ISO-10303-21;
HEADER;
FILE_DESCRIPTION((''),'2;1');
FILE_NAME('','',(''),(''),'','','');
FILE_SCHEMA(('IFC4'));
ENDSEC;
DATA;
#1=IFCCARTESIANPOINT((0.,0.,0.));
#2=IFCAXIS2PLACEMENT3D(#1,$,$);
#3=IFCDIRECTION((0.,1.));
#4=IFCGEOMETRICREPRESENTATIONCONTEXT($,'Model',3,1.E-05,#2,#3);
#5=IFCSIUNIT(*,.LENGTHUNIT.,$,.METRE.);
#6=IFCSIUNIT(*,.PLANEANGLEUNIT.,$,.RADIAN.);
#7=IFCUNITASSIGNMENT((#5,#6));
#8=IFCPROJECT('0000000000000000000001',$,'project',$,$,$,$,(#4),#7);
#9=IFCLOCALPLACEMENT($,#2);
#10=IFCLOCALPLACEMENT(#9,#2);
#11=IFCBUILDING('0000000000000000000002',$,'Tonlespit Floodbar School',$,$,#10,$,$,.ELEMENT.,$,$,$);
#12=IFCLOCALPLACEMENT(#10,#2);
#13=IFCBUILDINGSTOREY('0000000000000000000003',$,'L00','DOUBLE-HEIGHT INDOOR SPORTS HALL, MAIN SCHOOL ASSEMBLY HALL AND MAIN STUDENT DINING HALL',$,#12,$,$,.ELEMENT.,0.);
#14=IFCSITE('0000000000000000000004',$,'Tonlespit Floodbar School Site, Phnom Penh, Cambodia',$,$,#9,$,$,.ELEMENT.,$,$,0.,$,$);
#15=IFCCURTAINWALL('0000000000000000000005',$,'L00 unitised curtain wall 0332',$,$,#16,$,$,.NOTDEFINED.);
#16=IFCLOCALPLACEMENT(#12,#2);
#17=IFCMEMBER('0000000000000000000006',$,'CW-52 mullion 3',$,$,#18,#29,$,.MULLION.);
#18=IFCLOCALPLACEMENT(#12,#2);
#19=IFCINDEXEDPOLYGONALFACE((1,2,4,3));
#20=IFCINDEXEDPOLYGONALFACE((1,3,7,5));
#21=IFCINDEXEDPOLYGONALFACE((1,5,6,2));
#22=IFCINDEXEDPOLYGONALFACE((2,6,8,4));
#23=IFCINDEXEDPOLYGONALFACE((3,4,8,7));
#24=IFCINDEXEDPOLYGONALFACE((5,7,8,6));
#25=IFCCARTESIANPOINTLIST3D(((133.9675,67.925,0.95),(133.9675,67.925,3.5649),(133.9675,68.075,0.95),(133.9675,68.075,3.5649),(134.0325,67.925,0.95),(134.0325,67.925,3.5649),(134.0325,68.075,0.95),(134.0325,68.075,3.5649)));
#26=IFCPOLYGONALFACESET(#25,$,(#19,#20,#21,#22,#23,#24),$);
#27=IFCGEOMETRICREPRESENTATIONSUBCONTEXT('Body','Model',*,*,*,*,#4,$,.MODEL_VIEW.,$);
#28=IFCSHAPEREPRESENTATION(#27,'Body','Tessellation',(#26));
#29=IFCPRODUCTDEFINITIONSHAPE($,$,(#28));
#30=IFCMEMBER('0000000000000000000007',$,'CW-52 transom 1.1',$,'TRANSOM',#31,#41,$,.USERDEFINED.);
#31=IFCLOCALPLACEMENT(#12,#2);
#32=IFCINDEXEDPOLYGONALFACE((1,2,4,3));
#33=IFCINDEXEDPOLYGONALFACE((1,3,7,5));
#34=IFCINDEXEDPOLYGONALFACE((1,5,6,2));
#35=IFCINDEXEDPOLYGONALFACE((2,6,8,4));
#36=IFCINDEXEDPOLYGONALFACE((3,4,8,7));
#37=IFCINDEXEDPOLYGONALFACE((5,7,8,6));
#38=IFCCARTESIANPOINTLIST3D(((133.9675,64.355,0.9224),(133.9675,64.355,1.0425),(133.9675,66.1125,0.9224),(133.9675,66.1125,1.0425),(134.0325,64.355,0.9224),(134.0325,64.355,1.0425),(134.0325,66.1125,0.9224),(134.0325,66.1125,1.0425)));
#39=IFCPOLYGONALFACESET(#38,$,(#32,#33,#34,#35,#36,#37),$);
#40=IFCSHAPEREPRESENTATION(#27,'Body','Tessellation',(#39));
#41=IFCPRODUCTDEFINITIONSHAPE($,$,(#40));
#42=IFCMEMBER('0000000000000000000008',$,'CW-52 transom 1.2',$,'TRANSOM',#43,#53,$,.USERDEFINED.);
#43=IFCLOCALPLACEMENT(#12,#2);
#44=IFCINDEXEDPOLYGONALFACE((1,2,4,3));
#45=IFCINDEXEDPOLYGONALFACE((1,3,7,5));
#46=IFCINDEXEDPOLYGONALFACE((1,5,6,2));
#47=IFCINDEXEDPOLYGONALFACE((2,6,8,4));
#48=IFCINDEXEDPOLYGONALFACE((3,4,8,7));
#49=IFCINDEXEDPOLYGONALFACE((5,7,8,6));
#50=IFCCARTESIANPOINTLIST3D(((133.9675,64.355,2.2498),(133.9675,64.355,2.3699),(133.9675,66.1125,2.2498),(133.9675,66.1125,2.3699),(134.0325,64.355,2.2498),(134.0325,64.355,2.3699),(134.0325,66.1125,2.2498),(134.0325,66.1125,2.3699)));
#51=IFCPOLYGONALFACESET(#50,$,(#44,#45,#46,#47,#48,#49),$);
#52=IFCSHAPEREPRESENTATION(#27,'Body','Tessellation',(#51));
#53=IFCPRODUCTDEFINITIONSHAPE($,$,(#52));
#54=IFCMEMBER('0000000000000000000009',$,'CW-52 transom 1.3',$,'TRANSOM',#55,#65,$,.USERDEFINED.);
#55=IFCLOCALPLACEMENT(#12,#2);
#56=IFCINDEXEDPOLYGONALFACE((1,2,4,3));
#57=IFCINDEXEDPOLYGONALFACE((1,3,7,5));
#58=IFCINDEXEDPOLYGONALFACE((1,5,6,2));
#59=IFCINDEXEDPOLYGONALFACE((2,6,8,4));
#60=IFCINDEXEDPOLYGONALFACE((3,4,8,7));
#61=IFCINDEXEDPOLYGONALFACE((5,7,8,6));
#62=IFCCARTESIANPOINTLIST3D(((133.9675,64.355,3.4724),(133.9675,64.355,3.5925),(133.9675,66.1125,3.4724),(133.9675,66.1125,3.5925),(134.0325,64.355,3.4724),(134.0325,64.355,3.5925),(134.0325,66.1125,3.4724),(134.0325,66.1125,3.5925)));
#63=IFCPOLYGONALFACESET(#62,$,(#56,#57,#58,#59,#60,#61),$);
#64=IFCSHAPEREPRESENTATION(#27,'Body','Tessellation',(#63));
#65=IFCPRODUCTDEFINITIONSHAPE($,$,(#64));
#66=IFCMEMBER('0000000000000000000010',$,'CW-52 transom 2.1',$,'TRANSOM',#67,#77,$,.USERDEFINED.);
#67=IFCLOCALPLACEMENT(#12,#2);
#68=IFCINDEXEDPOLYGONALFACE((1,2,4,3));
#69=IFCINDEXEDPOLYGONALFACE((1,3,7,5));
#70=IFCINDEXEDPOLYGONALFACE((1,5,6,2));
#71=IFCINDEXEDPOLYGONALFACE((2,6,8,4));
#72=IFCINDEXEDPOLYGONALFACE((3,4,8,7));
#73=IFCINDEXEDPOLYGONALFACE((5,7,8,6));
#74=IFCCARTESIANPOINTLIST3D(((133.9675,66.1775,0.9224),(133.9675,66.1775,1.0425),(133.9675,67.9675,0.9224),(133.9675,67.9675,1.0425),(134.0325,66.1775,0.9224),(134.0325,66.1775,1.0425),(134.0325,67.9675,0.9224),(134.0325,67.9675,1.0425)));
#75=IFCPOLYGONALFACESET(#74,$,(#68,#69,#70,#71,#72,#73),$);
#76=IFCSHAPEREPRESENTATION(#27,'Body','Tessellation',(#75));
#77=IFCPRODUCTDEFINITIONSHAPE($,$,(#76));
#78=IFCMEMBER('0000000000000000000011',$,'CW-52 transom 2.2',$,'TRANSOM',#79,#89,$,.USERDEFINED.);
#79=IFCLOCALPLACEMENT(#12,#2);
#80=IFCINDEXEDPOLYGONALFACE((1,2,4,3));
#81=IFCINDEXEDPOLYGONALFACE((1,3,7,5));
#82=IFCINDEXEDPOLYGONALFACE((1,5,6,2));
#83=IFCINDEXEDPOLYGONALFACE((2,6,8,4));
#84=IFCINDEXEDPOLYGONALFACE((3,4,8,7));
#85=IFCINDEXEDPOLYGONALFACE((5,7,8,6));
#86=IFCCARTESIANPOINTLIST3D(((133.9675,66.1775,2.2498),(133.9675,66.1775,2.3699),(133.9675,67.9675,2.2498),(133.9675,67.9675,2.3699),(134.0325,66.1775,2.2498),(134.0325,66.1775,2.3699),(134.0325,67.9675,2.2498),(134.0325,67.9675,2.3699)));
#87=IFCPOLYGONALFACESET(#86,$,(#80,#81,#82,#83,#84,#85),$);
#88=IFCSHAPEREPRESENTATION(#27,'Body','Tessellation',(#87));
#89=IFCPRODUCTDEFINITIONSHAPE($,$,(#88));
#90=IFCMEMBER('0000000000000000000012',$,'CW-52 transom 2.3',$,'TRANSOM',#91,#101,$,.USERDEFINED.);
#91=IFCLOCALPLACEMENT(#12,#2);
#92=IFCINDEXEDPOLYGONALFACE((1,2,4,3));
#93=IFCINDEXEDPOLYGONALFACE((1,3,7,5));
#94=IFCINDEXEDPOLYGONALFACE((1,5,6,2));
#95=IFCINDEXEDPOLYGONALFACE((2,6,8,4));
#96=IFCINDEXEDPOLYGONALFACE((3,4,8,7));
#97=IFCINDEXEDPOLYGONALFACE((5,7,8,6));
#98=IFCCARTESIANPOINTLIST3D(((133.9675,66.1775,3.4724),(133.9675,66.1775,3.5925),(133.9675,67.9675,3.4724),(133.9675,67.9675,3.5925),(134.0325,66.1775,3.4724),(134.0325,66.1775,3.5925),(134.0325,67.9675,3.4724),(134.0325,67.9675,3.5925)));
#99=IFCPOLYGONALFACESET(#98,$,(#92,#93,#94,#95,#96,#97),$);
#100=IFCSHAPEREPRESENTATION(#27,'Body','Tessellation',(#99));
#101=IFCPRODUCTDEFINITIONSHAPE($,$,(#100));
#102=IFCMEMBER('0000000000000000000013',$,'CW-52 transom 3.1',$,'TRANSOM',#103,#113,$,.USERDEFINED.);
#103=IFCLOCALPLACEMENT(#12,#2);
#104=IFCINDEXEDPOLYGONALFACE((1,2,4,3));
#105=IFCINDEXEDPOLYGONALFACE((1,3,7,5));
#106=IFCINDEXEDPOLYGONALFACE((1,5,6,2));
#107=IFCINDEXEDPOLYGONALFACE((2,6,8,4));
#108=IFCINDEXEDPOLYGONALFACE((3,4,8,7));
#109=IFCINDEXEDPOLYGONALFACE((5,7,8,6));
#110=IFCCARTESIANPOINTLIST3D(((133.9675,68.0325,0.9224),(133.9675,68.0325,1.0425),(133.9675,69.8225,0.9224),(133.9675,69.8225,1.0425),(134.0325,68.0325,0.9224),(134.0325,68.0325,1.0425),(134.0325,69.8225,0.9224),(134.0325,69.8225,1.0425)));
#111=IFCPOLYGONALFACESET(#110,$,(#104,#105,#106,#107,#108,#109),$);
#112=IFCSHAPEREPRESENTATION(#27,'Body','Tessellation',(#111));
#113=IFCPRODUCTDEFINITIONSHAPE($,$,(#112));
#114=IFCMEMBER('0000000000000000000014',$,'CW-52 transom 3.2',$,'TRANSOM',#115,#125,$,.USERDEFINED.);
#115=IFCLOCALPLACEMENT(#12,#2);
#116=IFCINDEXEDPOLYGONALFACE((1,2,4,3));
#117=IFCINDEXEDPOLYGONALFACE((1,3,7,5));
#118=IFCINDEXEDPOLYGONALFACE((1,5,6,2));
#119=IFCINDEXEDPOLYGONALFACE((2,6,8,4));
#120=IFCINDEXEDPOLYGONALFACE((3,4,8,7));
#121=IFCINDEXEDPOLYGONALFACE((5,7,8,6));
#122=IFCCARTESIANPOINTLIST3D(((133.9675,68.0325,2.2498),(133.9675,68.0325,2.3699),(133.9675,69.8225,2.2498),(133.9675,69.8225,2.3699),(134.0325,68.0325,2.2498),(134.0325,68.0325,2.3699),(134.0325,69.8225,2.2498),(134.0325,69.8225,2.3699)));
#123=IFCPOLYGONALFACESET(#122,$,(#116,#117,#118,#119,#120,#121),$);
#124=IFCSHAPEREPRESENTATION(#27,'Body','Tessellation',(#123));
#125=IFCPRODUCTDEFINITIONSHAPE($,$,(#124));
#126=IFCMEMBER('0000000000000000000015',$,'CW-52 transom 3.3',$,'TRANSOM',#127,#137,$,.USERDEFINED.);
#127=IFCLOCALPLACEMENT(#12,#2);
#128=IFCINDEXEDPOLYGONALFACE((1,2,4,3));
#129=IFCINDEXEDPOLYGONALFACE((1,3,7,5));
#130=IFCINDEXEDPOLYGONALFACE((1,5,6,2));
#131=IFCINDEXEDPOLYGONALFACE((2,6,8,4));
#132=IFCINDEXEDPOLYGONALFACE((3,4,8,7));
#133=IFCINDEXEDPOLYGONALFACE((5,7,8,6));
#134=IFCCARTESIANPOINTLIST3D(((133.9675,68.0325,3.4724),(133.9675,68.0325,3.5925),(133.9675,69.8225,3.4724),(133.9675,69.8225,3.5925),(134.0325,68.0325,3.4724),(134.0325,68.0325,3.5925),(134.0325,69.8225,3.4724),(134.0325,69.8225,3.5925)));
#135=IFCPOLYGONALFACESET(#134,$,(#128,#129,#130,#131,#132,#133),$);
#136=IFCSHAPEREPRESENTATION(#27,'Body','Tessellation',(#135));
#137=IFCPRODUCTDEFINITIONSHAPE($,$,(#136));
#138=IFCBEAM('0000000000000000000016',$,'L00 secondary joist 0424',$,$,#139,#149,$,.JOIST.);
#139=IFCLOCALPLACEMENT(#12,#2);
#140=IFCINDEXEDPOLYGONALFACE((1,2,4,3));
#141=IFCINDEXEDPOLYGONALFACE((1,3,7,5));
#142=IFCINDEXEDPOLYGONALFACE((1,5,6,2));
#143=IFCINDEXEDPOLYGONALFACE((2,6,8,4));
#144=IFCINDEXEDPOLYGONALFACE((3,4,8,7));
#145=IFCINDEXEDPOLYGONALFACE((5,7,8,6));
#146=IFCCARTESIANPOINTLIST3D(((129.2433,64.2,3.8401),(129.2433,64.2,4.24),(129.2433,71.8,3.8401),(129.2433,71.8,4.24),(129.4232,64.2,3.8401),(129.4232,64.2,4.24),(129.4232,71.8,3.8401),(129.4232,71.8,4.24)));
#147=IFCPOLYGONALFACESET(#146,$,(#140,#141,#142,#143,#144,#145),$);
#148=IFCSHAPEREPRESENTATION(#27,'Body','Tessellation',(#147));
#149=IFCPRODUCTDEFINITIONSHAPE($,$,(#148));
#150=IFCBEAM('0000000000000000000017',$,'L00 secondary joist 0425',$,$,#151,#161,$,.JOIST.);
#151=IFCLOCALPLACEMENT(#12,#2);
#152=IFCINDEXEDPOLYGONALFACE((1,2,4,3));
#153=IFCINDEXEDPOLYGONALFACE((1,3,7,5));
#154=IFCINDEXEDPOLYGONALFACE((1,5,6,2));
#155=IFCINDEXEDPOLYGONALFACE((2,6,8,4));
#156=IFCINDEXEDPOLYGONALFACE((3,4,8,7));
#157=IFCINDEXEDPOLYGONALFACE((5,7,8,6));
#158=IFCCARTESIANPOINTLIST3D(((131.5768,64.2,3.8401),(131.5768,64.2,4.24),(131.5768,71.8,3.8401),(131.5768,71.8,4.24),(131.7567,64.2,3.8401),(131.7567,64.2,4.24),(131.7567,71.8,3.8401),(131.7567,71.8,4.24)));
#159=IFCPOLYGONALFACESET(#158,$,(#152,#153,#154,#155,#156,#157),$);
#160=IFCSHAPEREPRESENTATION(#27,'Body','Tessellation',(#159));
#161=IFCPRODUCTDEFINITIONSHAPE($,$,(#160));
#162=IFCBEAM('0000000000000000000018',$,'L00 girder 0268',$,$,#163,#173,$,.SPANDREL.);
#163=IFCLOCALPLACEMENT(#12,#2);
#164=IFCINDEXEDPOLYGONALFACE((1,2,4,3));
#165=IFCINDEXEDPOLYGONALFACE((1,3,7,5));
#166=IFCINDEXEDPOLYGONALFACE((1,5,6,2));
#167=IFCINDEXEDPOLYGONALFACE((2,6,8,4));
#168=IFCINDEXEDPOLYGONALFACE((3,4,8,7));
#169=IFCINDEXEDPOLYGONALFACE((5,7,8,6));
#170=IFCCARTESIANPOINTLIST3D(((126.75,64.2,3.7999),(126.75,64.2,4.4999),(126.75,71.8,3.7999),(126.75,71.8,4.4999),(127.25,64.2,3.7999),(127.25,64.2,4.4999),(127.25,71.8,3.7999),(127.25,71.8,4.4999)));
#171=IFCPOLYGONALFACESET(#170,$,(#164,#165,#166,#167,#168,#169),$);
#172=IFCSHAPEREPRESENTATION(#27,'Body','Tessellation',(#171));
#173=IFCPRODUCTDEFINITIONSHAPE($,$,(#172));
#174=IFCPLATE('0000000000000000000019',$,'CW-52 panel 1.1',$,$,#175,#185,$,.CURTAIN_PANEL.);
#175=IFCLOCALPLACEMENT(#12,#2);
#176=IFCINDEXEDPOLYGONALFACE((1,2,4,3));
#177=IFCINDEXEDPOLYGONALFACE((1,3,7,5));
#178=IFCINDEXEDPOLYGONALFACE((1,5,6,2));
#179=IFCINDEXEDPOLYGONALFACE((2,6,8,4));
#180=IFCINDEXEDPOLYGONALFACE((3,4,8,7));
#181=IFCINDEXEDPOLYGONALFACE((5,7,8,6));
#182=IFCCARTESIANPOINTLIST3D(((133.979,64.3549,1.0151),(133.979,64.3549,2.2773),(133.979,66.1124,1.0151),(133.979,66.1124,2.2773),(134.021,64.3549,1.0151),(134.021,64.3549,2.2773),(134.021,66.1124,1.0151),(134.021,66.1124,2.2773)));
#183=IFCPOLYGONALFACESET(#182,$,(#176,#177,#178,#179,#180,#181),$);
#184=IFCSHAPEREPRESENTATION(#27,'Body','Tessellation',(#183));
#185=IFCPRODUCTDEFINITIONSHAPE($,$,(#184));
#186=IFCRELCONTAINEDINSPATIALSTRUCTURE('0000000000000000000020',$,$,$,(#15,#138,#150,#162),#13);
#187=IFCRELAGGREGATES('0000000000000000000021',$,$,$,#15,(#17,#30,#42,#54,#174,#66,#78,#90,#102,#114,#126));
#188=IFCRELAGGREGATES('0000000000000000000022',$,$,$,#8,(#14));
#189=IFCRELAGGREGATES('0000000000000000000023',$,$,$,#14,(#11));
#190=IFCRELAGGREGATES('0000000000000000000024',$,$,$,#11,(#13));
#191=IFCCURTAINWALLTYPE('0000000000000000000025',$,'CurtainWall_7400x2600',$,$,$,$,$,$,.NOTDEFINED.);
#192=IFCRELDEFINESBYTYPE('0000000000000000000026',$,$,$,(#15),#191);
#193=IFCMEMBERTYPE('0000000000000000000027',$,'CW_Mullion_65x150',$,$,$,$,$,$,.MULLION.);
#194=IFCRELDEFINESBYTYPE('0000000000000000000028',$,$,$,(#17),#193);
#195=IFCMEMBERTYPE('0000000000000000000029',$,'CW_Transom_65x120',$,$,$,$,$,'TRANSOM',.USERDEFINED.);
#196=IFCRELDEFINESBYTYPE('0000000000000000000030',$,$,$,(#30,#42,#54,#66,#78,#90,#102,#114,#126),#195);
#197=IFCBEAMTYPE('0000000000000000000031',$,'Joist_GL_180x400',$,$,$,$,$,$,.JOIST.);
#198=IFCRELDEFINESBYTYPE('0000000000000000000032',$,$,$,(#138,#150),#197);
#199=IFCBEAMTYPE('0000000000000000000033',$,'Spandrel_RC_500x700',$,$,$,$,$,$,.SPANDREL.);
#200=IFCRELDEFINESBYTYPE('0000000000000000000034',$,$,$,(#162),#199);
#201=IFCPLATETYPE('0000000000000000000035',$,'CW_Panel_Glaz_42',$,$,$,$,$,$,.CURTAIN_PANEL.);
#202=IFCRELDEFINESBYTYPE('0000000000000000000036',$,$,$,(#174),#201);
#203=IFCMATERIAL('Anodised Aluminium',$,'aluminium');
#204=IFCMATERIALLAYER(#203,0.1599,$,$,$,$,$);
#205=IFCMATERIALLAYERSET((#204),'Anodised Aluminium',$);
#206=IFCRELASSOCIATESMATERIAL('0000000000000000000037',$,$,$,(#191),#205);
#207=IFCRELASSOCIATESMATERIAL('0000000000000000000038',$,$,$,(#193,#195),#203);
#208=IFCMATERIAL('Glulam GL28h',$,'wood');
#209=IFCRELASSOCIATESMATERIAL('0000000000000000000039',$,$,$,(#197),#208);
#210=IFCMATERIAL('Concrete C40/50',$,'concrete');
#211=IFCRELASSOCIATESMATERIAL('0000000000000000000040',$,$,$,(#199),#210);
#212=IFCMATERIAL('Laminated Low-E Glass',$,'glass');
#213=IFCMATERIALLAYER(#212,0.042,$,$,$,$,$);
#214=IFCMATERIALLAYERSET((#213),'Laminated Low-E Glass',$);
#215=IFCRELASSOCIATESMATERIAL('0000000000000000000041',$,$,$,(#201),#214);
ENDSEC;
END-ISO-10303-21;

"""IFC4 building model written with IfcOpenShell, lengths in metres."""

from ifc_helpers import new_model, si_unit, direction, frame, origin, origin_2d, place, context, subcontext, project, spatial, rectangle, extrude, material, layer, layer_set, material_profile, profile_set, type_object, element, aggregate, save


model = new_model("IFC4")

# Units and contexts
model_context = context("Model", 3, precision=1e-05, world=origin(), true_north=direction((0.0, 1.0)))
body_context = subcontext(model_context, "Body", "Model", "MODEL_VIEW")
ifc_project = project(units=[si_unit("LENGTHUNIT", "METRE"), si_unit("PLANEANGLEUNIT", "RADIAN")], contexts=[model_context])

# Site, building, storey
site_placement = place(None, origin())
site = spatial("IfcSite", under=ifc_project, at=site_placement, Name="Tonlespit Floodbar School Site, Phnom Penh, Cambodia", CompositionType="ELEMENT", RefElevation=0.0)
building_placement = place(site_placement, origin())
building = spatial("IfcBuilding", under=site, at=building_placement, Name="Tonlespit Floodbar School", CompositionType="ELEMENT")
storey_placement = place(building_placement, origin())
storey = spatial("IfcBuildingStorey", under=building, at=storey_placement, Name="L00", Description="DOUBLE-HEIGHT INDOOR SPORTS HALL, MAIN SCHOOL ASSEMBLY HALL AND MAIN STUDENT DINING HALL", CompositionType="ELEMENT", Elevation=0.0)

# Shared definitions
ifc_material_1 = material(Name="Concrete C40/50", Category="concrete")

# Curtain wall, members
ifc_material_2 = material(Name="Anodised Aluminium", Category="aluminium")
ifc_layer_1 = layer(ifc_material_2, 0.1599)
ifc_layer_set_1 = layer_set([ifc_layer_1], Name="Anodised Aluminium")
curtain_wall_type = type_object("IfcCurtainWallType", Name="CurtainWall_7400x2600", PredefinedType="NOTDEFINED", material=ifc_layer_set_1)
curtain_wall_placement = place(storey_placement, origin())
curtain_wall = element("IfcCurtainWall", 1, at=curtain_wall_placement, inside=storey, type_object=curtain_wall_type, Name="L00 unitised curtain wall 0332", PredefinedType="NOTDEFINED")
ifc_material_profile_1 = material_profile(ifc_material_2, rectangle(XDim=0.0649, YDim=0.1499, at=origin_2d()), Name="ALU M65x150")
ifc_profile_set_1 = profile_set([ifc_material_profile_1], Name="Anodised Aluminium")
member_type_1 = type_object("IfcMemberType", Name="CW_Mullion_65x150", PredefinedType="MULLION", material=ifc_profile_set_1)
member_1_placement = place(storey_placement, frame((134.0, 68.0, 0.95), z_axis=(0.0, 0.0, 1.0), x_axis=(-1.0, 0.0, 0.0)))
member_1 = element("IfcMember", 2, at=member_1_placement, type_object=member_type_1, Name="CW-52 mullion 3", PredefinedType="MULLION", context=body_context, shape_type="SweptSolid", body=[
    extrude(rectangle(XDim=0.0649, YDim=0.1499, at=origin_2d()), origin(), (0.0, 0.0, 1.0), 2.615),
])
ifc_material_profile_2 = material_profile(ifc_material_2, rectangle(XDim=0.0649, YDim=0.1201, at=origin_2d()), Name="ALU T65x120")
ifc_profile_set_2 = profile_set([ifc_material_profile_2], Name="Anodised Aluminium")
member_type_2 = type_object("IfcMemberType", Name="CW_Transom_65x120", ElementType="TRANSOM", PredefinedType="USERDEFINED", material=ifc_profile_set_2)
member_2_placement = place(storey_placement, frame((134.0, 64.355, 0.9824), z_axis=(0.0, 1.0, 0.0), x_axis=(-1.0, 0.0, 0.0)))
member_2 = element("IfcMember", 3, at=member_2_placement, type_object=member_type_2, Name="CW-52 transom 1.1", ObjectType="TRANSOM", PredefinedType="USERDEFINED", context=body_context, shape_type="SweptSolid", body=[
    extrude(rectangle(XDim=0.0649, YDim=0.1201, at=origin_2d()), origin(), (0.0, 0.0, 1.0), 1.7576),
])
member_3_placement = place(storey_placement, frame((134.0, 64.355, 2.3098), z_axis=(0.0, 1.0, 0.0), x_axis=(-1.0, 0.0, 0.0)))
member_3 = element("IfcMember", 4, at=member_3_placement, type_object=member_type_2, Name="CW-52 transom 1.2", ObjectType="TRANSOM", PredefinedType="USERDEFINED", context=body_context, shape_type="SweptSolid", body=[
    extrude(rectangle(XDim=0.0649, YDim=0.1201, at=origin_2d()), origin(), (0.0, 0.0, 1.0), 1.7576),
])
member_4_placement = place(storey_placement, frame((134.0, 64.355, 3.5325), z_axis=(0.0, 1.0, 0.0), x_axis=(-1.0, 0.0, 0.0)))
member_4 = element("IfcMember", 5, at=member_4_placement, type_object=member_type_2, Name="CW-52 transom 1.3", ObjectType="TRANSOM", PredefinedType="USERDEFINED", context=body_context, shape_type="SweptSolid", body=[
    extrude(rectangle(XDim=0.0649, YDim=0.1201, at=origin_2d()), origin(), (0.0, 0.0, 1.0), 1.7576),
])
member_5_placement = place(storey_placement, frame((134.0, 66.1775, 0.9824), z_axis=(0.0, 1.0, 0.0), x_axis=(-1.0, 0.0, 0.0)))
member_5 = element("IfcMember", 6, at=member_5_placement, type_object=member_type_2, Name="CW-52 transom 2.1", ObjectType="TRANSOM", PredefinedType="USERDEFINED", context=body_context, shape_type="SweptSolid", body=[
    extrude(rectangle(XDim=0.0649, YDim=0.1201, at=origin_2d()), origin(), (0.0, 0.0, 1.0), 1.79),
])
member_6_placement = place(storey_placement, frame((134.0, 66.1775, 2.3098), z_axis=(0.0, 1.0, 0.0), x_axis=(-1.0, 0.0, 0.0)))
member_6 = element("IfcMember", 7, at=member_6_placement, type_object=member_type_2, Name="CW-52 transom 2.2", ObjectType="TRANSOM", PredefinedType="USERDEFINED", context=body_context, shape_type="SweptSolid", body=[
    extrude(rectangle(XDim=0.0649, YDim=0.1201, at=origin_2d()), origin(), (0.0, 0.0, 1.0), 1.79),
])
member_7_placement = place(storey_placement, frame((134.0, 66.1775, 3.5325), z_axis=(0.0, 1.0, 0.0), x_axis=(-1.0, 0.0, 0.0)))
member_7 = element("IfcMember", 8, at=member_7_placement, type_object=member_type_2, Name="CW-52 transom 2.3", ObjectType="TRANSOM", PredefinedType="USERDEFINED", context=body_context, shape_type="SweptSolid", body=[
    extrude(rectangle(XDim=0.0649, YDim=0.1201, at=origin_2d()), origin(), (0.0, 0.0, 1.0), 1.79),
])
member_8_placement = place(storey_placement, frame((134.0, 68.0325, 0.9824), z_axis=(0.0, 1.0, 0.0), x_axis=(-1.0, 0.0, 0.0)))
member_8 = element("IfcMember", 9, at=member_8_placement, type_object=member_type_2, Name="CW-52 transom 3.1", ObjectType="TRANSOM", PredefinedType="USERDEFINED", context=body_context, shape_type="SweptSolid", body=[
    extrude(rectangle(XDim=0.0649, YDim=0.1201, at=origin_2d()), origin(), (0.0, 0.0, 1.0), 1.79),
])
member_9_placement = place(storey_placement, frame((134.0, 68.0325, 2.3098), z_axis=(0.0, 1.0, 0.0), x_axis=(-1.0, 0.0, 0.0)))
member_9 = element("IfcMember", 10, at=member_9_placement, type_object=member_type_2, Name="CW-52 transom 3.2", ObjectType="TRANSOM", PredefinedType="USERDEFINED", context=body_context, shape_type="SweptSolid", body=[
    extrude(rectangle(XDim=0.0649, YDim=0.1201, at=origin_2d()), origin(), (0.0, 0.0, 1.0), 1.79),
])
member_10_placement = place(storey_placement, frame((134.0, 68.0325, 3.5325), z_axis=(0.0, 1.0, 0.0), x_axis=(-1.0, 0.0, 0.0)))
member_10 = element("IfcMember", 11, at=member_10_placement, type_object=member_type_2, Name="CW-52 transom 3.3", ObjectType="TRANSOM", PredefinedType="USERDEFINED", context=body_context, shape_type="SweptSolid", body=[
    extrude(rectangle(XDim=0.0649, YDim=0.1201, at=origin_2d()), origin(), (0.0, 0.0, 1.0), 1.79),
])

# Beams
ifc_material_3 = material(Name="Glulam GL28h", Category="wood")
ifc_material_profile_3 = material_profile(ifc_material_3, rectangle(XDim=0.1799, YDim=0.3999, at=origin_2d()), Name="GL 180x400")
ifc_profile_set_3 = profile_set([ifc_material_profile_3], Name="Glulam GL28h")
beam_type_1 = type_object("IfcBeamType", Name="Joist_GL_180x400", PredefinedType="JOIST", material=ifc_profile_set_3)
for number, where, z_axis, x_axis, name in (
    (12, (129.3333, 64.2, 4.04), (0.0, 1.0, 0.0), (-1.0, 0.0, 0.0), "L00 secondary joist 0424"),
    (13, (131.6667, 64.2, 4.04), (0.0, 1.0, 0.0), (-1.0, 0.0, 0.0), "L00 secondary joist 0425"),
):
    element("IfcBeam", number, at=place(storey_placement, frame(where, z_axis=z_axis, x_axis=x_axis)), inside=storey, type_object=beam_type_1, Name=name, PredefinedType="JOIST", context=body_context, shape_type="SweptSolid", body=[
        extrude(rectangle(XDim=0.1799, YDim=0.3999, at=origin_2d()), origin(), (0.0, 0.0, 1.0), 7.6001),
    ])
ifc_material_profile_4 = material_profile(ifc_material_1, rectangle(XDim=0.5, YDim=0.7, at=origin_2d()), Name="RC 500x700")
ifc_profile_set_4 = profile_set([ifc_material_profile_4], Name="Concrete C40/50")
beam_type_2 = type_object("IfcBeamType", Name="Spandrel_RC_500x700", PredefinedType="SPANDREL", material=ifc_profile_set_4)
beam_1_placement = place(storey_placement, frame((127.0, 64.2, 4.1499), z_axis=(0.0, 1.0, 0.0), x_axis=(-1.0, 0.0, 0.0)))
element("IfcBeam", 14, at=beam_1_placement, inside=storey, type_object=beam_type_2, Name="L00 girder 0268", PredefinedType="SPANDREL", context=body_context, shape_type="SweptSolid", body=[
    extrude(rectangle(XDim=0.5, YDim=0.7, at=origin_2d()), origin(), (0.0, 0.0, 1.0), 7.6001),
])

# Plate
ifc_material_4 = material(Name="Laminated Low-E Glass", Category="glass")
ifc_layer_2 = layer(ifc_material_4, 0.042)
ifc_layer_set_2 = layer_set([ifc_layer_2], Name="Laminated Low-E Glass")
plate_type = type_object("IfcPlateType", Name="CW_Panel_Glaz_42", PredefinedType="CURTAIN_PANEL", material=ifc_layer_set_2)
plate_1_placement = place(storey_placement, frame((134.0, 65.2336, 1.0151), z_axis=(0.0, 0.0, 1.0), x_axis=(0.0, 1.0, 0.0)))
plate_1 = element("IfcPlate", 15, at=plate_1_placement, type_object=plate_type, Name="CW-52 panel 1.1", PredefinedType="CURTAIN_PANEL", context=body_context, shape_type="SweptSolid", body=[
    extrude(rectangle(XDim=1.7576, YDim=0.042, at=origin_2d()), origin(), (0.0, 0.0, 1.0), 1.2622),
])
aggregate(curtain_wall, [member_1, member_2, member_3, member_4, plate_1, member_5, member_6, member_7, member_8, member_9, member_10])

save(model, "model.ifc")
